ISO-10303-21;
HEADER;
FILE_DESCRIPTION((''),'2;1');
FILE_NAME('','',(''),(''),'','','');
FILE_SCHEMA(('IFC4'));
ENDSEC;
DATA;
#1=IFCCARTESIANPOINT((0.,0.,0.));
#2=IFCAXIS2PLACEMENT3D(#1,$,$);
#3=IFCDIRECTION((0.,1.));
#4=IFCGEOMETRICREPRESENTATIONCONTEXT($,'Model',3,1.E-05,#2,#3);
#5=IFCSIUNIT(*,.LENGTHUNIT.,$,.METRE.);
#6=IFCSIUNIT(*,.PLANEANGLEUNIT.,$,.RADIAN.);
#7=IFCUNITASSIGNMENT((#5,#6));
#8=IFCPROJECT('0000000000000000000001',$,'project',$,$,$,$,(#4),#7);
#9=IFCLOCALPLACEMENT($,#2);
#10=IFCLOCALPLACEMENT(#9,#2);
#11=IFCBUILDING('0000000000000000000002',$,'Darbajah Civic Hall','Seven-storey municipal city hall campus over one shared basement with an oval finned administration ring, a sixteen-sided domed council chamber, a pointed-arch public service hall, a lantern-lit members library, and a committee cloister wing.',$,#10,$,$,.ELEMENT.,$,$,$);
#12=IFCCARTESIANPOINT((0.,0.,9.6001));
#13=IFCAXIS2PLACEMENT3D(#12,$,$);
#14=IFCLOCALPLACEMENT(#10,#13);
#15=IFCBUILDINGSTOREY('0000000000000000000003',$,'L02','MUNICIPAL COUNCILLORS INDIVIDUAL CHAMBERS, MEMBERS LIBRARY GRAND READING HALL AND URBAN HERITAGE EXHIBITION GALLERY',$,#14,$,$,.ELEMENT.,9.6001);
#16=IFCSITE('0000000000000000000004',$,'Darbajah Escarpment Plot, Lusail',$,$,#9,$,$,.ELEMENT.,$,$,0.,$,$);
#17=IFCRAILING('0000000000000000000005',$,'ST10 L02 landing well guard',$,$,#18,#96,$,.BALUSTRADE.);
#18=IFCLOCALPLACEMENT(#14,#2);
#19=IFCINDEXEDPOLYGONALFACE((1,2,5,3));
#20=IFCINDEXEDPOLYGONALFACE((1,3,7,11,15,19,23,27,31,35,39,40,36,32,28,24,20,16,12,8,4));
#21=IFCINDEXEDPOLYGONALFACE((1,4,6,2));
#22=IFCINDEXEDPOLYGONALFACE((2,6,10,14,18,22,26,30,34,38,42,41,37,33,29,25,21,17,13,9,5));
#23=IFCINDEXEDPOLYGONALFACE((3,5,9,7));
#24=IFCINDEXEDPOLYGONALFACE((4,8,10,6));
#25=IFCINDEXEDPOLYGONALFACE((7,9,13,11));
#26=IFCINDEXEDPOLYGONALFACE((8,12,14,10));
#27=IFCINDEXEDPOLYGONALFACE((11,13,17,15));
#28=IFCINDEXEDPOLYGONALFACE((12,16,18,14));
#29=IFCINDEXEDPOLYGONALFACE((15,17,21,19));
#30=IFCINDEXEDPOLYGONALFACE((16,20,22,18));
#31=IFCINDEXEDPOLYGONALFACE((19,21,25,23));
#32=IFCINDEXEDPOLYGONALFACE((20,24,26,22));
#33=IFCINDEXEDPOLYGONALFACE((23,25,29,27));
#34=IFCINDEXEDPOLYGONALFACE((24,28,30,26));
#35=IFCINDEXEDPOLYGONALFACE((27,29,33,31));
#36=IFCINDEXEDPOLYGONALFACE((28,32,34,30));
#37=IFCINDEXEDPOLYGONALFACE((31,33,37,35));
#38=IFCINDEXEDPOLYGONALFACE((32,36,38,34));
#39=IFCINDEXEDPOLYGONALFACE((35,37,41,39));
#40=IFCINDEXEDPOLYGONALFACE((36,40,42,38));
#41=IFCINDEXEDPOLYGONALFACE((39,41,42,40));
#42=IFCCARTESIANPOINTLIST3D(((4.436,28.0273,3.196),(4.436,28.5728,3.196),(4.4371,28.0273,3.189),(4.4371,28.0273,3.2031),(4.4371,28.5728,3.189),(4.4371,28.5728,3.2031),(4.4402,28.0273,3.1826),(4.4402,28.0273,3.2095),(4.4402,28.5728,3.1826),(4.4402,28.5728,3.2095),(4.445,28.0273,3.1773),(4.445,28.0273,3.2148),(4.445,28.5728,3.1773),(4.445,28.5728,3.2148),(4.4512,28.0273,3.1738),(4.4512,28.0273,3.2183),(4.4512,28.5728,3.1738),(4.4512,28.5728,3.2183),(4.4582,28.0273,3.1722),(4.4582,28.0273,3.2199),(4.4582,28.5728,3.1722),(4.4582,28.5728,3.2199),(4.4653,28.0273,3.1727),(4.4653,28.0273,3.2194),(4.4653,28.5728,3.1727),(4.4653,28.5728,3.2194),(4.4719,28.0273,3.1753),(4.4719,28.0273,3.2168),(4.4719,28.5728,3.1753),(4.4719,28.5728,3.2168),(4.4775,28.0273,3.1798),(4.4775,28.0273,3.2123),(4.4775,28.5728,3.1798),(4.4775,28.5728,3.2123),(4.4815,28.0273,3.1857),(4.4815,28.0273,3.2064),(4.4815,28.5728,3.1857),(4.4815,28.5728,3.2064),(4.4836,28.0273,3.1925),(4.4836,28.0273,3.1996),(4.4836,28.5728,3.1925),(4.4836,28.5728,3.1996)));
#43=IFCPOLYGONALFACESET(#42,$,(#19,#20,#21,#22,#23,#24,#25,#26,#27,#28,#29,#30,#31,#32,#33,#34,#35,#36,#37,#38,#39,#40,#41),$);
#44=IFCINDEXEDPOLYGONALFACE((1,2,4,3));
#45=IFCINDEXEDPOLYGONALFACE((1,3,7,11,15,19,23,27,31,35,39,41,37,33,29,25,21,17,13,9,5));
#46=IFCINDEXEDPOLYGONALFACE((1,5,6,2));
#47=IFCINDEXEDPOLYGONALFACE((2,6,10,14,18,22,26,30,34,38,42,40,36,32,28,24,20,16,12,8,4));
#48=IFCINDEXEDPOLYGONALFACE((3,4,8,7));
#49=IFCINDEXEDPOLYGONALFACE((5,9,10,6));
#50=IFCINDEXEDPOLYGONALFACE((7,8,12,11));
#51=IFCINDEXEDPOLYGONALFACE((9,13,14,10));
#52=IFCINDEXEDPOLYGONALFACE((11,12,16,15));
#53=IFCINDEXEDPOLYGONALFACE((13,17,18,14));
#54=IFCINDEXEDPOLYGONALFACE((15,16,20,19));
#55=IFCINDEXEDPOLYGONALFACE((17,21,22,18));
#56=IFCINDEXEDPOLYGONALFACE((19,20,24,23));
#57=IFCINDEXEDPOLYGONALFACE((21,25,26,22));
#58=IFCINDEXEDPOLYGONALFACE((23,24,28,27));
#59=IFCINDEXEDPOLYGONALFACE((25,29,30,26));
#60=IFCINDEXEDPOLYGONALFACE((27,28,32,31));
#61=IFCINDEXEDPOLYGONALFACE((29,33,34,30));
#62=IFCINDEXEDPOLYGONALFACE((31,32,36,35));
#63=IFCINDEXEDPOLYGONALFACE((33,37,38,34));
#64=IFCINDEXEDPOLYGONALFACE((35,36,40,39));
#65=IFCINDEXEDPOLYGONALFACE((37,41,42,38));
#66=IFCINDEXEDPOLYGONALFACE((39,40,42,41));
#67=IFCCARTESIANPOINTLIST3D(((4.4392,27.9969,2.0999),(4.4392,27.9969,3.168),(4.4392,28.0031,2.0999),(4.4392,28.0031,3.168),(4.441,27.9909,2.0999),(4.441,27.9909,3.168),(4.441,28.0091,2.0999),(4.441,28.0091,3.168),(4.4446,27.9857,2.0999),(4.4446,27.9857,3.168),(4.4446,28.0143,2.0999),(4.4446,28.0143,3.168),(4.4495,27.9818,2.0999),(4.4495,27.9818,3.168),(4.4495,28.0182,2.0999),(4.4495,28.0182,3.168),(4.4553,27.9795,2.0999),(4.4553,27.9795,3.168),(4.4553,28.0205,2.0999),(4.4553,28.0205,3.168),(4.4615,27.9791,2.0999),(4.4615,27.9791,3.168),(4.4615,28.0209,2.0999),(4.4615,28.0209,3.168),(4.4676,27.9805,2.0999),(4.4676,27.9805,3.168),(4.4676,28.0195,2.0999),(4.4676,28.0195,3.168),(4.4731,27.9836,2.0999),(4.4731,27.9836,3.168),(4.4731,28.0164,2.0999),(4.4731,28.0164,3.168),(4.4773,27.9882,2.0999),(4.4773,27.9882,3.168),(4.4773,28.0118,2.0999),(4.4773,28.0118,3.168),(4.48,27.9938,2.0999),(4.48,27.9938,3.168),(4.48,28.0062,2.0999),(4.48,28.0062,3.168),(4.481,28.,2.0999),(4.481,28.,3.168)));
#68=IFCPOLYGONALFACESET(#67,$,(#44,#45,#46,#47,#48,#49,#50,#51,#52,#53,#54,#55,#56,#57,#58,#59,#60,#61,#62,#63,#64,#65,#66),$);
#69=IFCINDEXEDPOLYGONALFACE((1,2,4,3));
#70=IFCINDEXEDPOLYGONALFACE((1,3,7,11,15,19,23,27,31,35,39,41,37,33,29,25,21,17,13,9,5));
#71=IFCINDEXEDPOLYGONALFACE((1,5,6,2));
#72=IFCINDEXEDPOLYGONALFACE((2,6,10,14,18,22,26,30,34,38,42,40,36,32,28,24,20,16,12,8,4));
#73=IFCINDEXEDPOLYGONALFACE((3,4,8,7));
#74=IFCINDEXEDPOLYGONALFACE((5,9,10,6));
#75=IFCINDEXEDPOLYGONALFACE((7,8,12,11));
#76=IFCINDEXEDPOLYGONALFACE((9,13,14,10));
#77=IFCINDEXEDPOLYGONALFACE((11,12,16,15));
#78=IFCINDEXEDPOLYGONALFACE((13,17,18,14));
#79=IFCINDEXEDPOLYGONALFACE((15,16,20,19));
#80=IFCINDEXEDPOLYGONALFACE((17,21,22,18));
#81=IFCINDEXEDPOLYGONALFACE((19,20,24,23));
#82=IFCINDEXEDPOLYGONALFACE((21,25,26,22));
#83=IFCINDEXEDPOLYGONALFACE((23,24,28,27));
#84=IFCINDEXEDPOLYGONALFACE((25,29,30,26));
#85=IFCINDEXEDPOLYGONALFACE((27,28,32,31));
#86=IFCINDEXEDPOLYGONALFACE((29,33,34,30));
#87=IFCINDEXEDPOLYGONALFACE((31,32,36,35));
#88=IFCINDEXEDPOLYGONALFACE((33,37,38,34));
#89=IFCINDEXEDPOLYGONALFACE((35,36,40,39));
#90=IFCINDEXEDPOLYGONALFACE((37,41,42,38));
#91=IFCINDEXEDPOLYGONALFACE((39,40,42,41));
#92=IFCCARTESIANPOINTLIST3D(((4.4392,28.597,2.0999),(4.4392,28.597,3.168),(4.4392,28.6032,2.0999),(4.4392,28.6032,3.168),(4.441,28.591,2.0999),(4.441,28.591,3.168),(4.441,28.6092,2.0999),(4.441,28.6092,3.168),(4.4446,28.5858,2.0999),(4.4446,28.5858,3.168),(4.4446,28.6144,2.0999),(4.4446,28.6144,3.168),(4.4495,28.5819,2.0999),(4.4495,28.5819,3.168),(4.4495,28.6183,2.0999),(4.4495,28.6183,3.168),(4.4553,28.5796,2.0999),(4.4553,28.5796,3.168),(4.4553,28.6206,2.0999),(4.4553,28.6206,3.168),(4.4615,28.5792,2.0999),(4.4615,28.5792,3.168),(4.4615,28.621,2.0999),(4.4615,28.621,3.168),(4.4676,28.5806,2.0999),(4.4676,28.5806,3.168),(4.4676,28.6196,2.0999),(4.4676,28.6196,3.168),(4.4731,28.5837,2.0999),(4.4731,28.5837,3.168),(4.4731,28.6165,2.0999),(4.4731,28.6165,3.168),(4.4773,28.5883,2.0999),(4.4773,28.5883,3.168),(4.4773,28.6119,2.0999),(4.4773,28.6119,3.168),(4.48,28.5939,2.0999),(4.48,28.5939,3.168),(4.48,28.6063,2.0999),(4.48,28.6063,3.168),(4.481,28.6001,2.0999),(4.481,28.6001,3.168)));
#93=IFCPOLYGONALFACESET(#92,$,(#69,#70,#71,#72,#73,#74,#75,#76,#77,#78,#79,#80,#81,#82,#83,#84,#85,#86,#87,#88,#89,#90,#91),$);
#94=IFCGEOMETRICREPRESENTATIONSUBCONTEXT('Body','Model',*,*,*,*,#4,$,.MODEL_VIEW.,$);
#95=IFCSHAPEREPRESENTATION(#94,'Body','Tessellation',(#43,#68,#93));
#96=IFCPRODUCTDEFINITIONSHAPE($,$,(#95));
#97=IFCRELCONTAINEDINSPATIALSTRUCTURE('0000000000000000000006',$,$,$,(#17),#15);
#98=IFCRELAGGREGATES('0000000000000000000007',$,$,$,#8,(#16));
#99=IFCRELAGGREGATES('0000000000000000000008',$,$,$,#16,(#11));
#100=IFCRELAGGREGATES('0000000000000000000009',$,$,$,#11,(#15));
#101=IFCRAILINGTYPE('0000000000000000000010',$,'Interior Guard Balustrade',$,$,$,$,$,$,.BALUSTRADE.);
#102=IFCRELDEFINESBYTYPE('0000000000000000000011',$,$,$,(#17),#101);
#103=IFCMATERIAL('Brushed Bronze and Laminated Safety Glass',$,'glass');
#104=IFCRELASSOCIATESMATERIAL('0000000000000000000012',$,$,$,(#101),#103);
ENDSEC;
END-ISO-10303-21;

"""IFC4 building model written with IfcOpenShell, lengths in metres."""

from ifc_helpers import new_model, si_unit, direction, frame, origin, origin_2d, place, context, subcontext, project, spatial, circle, extrude, material, type_object, element, save


model = new_model("IFC4")

# Units and contexts
model_context = context("Model", 3, precision=1e-05, world=origin(), true_north=direction((0.0, 1.0)))
body_context = subcontext(model_context, "Body", "Model", "MODEL_VIEW")
ifc_project = project(units=[si_unit("LENGTHUNIT", "METRE"), si_unit("PLANEANGLEUNIT", "RADIAN")], contexts=[model_context])

# Site, building, storey
site_placement = place(None, origin())
site = spatial("IfcSite", under=ifc_project, at=site_placement, Name="Darbajah Escarpment Plot, Lusail", CompositionType="ELEMENT", RefElevation=0.0)
building_placement = place(site_placement, origin())
building = spatial("IfcBuilding", under=site, at=building_placement, Name="Darbajah Civic Hall", Description="Seven-storey municipal city hall campus over one shared basement with an oval finned administration ring, a sixteen-sided domed council chamber, a pointed-arch public service hall, a lantern-lit members library, and a committee cloister wing.", CompositionType="ELEMENT")
storey_placement = place(building_placement, frame((0.0, 0.0, 9.6001)))
storey = spatial("IfcBuildingStorey", under=building, at=storey_placement, Name="L02", Description="MUNICIPAL COUNCILLORS INDIVIDUAL CHAMBERS, MEMBERS LIBRARY GRAND READING HALL AND URBAN HERITAGE EXHIBITION GALLERY", CompositionType="ELEMENT", Elevation=9.6001)

# Railing
ifc_material_1 = material(Name="Brushed Bronze and Laminated Safety Glass", Category="glass")
railing_type_1 = type_object("IfcRailingType", Name="Interior Guard Balustrade", PredefinedType="BALUSTRADE", material=ifc_material_1)
railing_1_placement = place(storey_placement, frame((4.46, 28.0, 2.0999)))
element("IfcRailing", 1, at=railing_1_placement, inside=storey, type_object=railing_type_1, Name="ST10 L02 landing well guard", PredefinedType="BALUSTRADE", context=body_context, shape_type="SweptSolid", body=[
    extrude(circle(Radius=0.0239, at=origin_2d()), frame((0.0, 0.0273, 1.0962), z_axis=(0.0, 1.0, 0.0), x_axis=(-1.0, 0.0, 0.0)), (0.0, 0.0, 1.0), 0.5454),
    extrude(circle(Radius=0.021, at=origin_2d()), origin(), (0.0, 0.0, 1.0), 1.0681),
    extrude(circle(Radius=0.021, at=origin_2d()), frame((0.0, 0.6001, 0.0)), (0.0, 0.0, 1.0), 1.0681),
])

save(model, "model.ifc")
